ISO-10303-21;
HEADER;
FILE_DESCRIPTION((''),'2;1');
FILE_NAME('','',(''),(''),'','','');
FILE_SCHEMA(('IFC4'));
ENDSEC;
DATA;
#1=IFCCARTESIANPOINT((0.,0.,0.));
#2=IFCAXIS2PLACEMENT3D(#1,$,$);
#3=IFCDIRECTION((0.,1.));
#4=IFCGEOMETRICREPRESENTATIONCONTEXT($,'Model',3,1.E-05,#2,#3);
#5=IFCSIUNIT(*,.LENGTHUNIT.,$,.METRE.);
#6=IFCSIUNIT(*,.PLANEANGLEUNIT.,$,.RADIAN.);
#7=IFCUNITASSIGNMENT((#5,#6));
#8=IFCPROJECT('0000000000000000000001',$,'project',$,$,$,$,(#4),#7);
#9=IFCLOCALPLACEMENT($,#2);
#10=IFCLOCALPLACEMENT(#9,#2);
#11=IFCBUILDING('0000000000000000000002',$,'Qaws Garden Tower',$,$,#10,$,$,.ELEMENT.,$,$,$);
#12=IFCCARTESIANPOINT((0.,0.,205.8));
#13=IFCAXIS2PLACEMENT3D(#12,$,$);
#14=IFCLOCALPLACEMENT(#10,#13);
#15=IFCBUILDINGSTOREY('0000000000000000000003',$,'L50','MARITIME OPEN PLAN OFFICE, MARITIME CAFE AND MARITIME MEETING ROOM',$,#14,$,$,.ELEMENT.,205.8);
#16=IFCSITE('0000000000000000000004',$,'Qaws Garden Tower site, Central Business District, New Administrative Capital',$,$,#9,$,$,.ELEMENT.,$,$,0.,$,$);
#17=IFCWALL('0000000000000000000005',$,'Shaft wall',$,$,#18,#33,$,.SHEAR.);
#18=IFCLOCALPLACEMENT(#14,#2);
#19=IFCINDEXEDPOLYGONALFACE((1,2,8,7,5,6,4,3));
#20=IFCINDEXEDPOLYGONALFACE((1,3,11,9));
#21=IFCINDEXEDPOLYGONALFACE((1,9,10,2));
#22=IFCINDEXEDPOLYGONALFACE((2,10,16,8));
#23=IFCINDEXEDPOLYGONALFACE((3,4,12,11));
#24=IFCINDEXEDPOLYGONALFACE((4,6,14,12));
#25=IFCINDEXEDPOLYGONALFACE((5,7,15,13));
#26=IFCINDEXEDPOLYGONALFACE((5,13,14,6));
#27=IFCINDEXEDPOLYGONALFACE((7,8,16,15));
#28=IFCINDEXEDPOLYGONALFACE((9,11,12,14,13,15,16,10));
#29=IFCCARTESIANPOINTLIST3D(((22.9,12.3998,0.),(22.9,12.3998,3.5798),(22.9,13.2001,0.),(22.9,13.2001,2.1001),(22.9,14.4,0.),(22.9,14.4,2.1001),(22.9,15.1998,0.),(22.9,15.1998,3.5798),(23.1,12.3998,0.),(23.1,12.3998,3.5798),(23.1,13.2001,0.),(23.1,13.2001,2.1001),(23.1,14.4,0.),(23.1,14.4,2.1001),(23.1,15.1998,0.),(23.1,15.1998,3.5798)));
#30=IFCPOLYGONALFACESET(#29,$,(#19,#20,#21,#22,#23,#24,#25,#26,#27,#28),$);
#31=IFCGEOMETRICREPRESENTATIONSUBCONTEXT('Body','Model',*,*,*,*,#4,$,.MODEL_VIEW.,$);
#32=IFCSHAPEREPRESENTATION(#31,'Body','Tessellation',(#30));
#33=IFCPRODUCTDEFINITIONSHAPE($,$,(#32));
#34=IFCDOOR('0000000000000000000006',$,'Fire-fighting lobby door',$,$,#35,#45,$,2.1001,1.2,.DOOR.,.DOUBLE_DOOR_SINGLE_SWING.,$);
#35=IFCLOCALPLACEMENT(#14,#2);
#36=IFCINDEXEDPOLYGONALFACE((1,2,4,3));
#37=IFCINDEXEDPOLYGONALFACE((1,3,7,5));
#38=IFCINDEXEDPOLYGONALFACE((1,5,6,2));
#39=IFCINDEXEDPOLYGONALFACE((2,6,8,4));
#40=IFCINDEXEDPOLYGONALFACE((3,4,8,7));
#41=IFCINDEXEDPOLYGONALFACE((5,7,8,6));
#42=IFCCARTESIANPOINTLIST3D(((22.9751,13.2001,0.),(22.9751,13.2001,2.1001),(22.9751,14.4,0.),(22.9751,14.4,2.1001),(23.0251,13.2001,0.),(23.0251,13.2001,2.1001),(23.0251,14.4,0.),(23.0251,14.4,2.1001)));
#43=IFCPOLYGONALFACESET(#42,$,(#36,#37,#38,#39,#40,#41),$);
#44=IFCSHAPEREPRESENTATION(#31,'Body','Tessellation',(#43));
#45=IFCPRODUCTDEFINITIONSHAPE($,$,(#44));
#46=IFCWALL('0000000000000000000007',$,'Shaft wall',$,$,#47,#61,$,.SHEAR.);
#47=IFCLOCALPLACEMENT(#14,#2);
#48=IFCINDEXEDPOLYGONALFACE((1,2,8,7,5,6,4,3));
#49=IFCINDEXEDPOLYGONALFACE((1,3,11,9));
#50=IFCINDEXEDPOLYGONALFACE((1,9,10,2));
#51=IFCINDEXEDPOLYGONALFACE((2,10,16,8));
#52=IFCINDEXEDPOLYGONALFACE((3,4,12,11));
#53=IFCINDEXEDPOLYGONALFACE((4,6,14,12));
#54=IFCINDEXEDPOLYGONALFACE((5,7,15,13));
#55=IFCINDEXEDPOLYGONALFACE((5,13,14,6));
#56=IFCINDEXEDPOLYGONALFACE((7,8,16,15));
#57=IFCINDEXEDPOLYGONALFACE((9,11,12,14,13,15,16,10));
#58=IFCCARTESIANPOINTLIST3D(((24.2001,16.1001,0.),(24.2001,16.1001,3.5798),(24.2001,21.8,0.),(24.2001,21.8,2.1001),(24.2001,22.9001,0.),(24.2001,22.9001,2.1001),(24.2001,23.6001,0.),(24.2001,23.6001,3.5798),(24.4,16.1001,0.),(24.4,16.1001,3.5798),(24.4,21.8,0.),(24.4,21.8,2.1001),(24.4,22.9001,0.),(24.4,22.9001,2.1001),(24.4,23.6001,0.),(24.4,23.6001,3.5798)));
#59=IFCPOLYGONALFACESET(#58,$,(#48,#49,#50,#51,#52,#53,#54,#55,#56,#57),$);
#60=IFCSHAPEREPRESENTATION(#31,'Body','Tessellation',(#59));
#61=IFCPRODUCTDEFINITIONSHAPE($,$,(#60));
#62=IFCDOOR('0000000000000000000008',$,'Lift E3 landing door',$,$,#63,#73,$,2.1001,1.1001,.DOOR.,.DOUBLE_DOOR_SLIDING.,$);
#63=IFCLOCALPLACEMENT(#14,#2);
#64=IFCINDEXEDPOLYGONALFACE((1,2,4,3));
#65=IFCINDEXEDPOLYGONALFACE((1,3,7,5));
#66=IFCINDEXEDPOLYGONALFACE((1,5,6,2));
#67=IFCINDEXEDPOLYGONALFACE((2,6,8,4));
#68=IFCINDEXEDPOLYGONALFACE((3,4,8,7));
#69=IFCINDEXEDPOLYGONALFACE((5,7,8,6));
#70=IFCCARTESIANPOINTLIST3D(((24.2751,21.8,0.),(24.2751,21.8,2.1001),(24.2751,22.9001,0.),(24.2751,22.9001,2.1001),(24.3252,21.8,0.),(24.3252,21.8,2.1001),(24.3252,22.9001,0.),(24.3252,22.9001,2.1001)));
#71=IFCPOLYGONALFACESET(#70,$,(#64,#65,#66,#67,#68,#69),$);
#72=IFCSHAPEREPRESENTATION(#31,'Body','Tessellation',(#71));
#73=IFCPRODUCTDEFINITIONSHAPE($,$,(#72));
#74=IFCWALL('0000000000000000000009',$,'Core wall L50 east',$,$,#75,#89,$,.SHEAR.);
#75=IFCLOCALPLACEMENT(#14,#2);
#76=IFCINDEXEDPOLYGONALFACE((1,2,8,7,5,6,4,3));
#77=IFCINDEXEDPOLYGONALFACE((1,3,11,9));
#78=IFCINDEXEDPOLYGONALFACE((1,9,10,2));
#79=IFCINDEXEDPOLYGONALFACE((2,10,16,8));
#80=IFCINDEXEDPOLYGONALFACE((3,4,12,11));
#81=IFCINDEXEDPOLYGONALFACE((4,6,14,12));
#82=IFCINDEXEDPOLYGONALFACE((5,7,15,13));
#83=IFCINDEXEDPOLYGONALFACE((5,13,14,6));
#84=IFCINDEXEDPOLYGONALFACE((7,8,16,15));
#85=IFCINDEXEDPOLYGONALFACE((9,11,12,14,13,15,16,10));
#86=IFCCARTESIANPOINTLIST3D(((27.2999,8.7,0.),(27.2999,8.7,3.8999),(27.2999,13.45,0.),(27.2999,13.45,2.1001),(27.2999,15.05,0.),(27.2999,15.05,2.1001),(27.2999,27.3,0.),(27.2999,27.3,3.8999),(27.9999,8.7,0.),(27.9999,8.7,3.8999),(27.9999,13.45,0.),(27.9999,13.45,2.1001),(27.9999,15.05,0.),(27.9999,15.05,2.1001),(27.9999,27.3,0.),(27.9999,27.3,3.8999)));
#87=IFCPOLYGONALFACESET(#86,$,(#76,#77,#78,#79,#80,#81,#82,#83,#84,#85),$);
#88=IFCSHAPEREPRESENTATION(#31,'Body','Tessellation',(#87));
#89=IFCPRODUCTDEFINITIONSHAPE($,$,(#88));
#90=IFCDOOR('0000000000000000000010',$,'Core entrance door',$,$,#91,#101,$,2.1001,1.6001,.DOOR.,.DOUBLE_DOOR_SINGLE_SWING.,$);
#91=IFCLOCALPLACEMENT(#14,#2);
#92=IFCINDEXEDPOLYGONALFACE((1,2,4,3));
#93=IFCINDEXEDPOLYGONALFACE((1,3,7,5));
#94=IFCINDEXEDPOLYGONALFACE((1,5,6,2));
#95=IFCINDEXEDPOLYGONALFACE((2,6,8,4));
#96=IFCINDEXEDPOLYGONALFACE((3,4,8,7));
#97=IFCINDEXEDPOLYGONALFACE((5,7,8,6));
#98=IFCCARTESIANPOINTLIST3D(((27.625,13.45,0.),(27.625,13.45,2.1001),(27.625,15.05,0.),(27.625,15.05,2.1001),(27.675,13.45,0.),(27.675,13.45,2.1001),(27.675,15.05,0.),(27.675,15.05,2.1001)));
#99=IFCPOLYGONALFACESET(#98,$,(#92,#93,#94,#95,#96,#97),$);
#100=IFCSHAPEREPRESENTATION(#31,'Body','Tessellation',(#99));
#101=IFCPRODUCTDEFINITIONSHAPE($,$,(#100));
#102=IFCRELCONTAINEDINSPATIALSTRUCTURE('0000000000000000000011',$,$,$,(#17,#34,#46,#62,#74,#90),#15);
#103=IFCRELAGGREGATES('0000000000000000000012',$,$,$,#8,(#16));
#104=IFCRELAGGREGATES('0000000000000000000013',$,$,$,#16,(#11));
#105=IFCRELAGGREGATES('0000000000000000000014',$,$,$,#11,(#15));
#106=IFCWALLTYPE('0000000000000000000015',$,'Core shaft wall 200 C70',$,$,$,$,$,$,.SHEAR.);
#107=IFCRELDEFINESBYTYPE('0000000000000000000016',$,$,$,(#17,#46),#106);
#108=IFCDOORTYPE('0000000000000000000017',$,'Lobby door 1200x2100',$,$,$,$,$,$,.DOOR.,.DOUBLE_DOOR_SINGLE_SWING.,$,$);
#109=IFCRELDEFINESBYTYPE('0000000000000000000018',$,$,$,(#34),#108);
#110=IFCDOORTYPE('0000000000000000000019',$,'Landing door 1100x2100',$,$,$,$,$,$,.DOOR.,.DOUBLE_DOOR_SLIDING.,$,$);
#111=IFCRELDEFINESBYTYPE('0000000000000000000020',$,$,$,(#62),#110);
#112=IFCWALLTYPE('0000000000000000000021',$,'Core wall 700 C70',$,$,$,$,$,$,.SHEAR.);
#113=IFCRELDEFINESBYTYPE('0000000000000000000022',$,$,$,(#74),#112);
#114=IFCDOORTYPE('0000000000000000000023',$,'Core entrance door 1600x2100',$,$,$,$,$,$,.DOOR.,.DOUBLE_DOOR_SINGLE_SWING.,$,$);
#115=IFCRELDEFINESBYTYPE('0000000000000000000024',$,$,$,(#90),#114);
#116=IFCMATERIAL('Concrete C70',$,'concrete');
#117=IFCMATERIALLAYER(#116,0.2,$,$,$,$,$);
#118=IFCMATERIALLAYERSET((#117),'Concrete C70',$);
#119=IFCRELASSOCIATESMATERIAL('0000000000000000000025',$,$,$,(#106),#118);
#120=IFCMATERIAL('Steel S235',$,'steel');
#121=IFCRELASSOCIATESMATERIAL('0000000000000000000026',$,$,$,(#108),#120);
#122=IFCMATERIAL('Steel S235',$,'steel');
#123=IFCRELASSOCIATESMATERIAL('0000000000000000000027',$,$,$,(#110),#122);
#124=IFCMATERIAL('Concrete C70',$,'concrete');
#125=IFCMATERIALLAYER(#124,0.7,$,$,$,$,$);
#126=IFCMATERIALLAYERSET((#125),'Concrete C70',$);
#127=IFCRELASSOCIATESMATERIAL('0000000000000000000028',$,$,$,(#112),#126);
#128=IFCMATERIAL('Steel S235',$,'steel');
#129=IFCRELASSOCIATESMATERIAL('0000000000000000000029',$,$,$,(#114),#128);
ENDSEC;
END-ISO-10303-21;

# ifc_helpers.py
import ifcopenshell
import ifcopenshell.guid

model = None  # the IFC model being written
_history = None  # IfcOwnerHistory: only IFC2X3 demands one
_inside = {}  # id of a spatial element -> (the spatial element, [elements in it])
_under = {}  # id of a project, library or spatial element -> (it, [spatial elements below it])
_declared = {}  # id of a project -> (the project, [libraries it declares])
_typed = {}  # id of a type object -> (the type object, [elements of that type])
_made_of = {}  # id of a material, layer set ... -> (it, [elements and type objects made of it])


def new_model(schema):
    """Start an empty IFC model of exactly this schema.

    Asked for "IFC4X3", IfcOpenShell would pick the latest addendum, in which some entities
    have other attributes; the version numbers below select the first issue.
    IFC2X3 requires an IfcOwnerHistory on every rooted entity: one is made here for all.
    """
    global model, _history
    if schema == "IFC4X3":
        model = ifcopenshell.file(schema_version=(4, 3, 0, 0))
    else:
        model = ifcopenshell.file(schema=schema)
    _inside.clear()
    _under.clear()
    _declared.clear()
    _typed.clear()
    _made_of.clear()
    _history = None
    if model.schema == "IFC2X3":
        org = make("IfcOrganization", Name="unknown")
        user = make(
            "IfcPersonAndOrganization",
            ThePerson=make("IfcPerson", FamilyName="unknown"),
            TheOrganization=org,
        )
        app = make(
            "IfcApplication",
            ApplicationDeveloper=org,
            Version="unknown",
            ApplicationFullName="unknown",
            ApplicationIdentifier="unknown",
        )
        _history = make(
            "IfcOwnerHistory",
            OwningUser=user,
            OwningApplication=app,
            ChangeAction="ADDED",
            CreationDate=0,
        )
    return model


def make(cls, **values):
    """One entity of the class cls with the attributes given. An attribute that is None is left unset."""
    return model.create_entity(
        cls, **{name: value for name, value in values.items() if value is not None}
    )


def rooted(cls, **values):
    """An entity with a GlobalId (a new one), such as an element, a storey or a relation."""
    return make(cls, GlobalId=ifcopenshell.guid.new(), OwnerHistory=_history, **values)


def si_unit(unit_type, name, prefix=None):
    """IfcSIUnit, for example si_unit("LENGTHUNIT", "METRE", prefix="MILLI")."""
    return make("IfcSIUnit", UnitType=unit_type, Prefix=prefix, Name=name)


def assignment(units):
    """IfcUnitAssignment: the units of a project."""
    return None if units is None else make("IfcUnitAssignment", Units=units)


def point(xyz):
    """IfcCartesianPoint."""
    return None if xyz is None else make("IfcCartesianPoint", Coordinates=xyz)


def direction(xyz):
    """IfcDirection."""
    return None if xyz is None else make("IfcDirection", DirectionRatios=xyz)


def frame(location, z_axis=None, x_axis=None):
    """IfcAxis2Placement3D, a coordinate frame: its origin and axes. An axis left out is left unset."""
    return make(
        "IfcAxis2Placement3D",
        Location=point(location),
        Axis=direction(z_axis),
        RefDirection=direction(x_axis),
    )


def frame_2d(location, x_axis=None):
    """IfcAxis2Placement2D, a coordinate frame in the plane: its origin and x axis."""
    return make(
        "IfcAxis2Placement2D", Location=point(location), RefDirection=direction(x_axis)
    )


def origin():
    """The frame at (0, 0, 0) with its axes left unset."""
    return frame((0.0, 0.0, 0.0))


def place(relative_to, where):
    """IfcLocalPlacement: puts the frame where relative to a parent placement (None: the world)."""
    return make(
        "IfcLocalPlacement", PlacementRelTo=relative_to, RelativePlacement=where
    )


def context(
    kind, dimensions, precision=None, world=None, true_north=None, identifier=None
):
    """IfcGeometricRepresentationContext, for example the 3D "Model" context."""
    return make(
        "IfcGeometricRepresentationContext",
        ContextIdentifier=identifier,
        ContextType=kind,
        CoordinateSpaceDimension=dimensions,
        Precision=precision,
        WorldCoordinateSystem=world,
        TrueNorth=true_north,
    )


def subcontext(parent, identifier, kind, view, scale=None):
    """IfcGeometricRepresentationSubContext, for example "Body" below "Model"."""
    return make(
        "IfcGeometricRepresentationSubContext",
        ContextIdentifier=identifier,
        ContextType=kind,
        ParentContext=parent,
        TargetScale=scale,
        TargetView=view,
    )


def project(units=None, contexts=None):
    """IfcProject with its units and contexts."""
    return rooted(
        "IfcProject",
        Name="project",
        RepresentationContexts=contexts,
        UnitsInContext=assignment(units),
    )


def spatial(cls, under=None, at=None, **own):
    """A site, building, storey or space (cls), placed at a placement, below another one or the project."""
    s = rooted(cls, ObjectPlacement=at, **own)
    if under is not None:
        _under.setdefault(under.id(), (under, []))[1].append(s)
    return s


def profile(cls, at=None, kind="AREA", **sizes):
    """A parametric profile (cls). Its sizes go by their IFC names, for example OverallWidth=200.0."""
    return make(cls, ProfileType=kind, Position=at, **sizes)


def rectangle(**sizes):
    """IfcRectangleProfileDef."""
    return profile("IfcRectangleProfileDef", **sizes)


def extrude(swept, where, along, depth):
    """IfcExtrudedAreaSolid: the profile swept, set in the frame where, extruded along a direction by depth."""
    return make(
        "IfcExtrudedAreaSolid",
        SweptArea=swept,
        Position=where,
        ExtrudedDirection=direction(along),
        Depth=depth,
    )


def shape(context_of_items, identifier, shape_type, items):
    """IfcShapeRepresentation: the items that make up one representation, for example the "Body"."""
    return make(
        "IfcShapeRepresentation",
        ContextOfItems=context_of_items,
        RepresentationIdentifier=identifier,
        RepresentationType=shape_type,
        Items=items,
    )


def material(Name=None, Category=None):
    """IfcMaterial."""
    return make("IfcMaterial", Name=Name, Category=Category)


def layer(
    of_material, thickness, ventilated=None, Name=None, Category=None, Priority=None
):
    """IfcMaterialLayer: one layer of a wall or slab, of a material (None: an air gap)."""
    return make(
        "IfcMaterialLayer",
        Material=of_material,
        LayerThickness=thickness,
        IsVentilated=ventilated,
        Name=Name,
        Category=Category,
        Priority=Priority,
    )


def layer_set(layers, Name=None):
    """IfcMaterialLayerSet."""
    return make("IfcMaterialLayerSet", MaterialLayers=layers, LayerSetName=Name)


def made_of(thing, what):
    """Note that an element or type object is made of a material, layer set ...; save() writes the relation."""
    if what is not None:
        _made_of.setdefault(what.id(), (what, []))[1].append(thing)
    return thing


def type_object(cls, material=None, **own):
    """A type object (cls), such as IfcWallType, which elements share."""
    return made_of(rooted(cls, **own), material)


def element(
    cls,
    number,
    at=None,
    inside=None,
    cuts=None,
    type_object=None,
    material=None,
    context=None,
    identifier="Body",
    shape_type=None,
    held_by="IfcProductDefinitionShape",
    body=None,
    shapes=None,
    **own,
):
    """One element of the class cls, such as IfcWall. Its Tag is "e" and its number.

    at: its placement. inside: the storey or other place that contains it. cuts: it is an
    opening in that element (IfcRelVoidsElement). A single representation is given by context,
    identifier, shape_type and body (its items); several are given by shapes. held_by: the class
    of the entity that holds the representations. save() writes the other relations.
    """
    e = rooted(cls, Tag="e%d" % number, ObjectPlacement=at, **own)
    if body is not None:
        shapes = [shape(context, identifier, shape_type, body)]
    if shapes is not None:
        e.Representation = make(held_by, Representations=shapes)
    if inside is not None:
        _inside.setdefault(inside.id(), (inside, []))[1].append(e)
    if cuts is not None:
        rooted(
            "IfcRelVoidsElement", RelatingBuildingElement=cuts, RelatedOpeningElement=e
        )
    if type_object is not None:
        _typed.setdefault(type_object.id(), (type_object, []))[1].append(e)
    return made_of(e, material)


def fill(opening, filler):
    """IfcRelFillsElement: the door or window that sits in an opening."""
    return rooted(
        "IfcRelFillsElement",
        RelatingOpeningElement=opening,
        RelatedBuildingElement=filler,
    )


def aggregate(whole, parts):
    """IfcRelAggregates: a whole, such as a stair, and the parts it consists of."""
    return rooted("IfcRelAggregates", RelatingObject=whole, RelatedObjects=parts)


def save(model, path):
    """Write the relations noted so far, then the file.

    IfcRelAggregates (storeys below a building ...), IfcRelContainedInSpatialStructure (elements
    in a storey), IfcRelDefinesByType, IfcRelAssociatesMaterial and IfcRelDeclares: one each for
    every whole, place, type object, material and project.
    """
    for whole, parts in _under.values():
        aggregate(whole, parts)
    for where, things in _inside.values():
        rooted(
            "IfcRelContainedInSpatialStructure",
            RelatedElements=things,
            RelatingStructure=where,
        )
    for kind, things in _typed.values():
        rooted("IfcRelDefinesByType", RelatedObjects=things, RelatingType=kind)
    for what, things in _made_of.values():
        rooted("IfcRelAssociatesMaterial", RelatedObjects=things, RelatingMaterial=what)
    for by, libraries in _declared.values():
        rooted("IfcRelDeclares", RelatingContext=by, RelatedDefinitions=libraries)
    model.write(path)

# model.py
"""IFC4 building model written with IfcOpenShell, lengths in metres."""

from ifc_helpers import new_model, si_unit, direction, frame, frame_2d, origin, place, context, subcontext, project, spatial, rectangle, extrude, material, layer, layer_set, type_object, element, fill, save


model = new_model("IFC4")

# Units and contexts
model_context = context("Model", 3, precision=1e-05, world=origin(), true_north=direction((0.0, 1.0)))
body_context = subcontext(model_context, "Body", "Model", "MODEL_VIEW")
ifc_project = project(units=[si_unit("LENGTHUNIT", "METRE"), si_unit("PLANEANGLEUNIT", "RADIAN")], contexts=[model_context])

# Site, building, storey
site_placement = place(None, origin())
site = spatial("IfcSite", under=ifc_project, at=site_placement, Name="Qaws Garden Tower site, Central Business District, New Administrative Capital", CompositionType="ELEMENT", RefElevation=0.0)
building_placement = place(site_placement, origin())
building = spatial("IfcBuilding", under=site, at=building_placement, Name="Qaws Garden Tower", CompositionType="ELEMENT")
storey_placement = place(building_placement, frame((0.0, 0.0, 205.8)))
storey = spatial("IfcBuildingStorey", under=building, at=storey_placement, Name="L50", Description="MARITIME OPEN PLAN OFFICE, MARITIME CAFE AND MARITIME MEETING ROOM", CompositionType="ELEMENT", Elevation=205.8)

# Shared definitions
ifc_material_1 = material(Name="Concrete C70", Category="concrete")
ifc_layer_1 = layer(ifc_material_1, 0.2)
ifc_layer_set_1 = layer_set([ifc_layer_1], Name="Concrete C70")
wall_type_1 = type_object("IfcWallType", Name="Core shaft wall 200 C70", PredefinedType="SHEAR", material=ifc_layer_set_1)

# Walls, openings, doors
wall_1_placement = place(storey_placement, frame((23.0, 12.3999, 0.0), z_axis=(0.0, 0.0, 1.0), x_axis=(0.0, 1.0, 0.0)))
wall_1 = element("IfcWall", 1, at=wall_1_placement, inside=storey, type_object=wall_type_1, Name="Shaft wall", PredefinedType="SHEAR", context=body_context, shape_type="SweptSolid", body=[
    extrude(rectangle(XDim=2.8, YDim=0.2, at=frame_2d((1.3999, 0.0))), origin(), (0.0, 0.0, 1.0), 3.5798),
])
opening_1_placement = place(wall_1_placement, frame((0.8, 0.0, 0.0)))
opening_1 = element("IfcOpeningElement", 2, at=opening_1_placement, cuts=wall_1, PredefinedType="OPENING", context=body_context, shape_type="SweptSolid", body=[
    extrude(rectangle(XDim=1.2, YDim=2.1001, at=frame_2d((0.6001, 1.05))), frame((0.0, 0.1099, 0.0), z_axis=(0.0, -1.0, 0.0), x_axis=(1.0, 0.0, 0.0)), (0.0, 0.0, 1.0), 0.22),
])
ifc_material_2 = material(Name="Steel S235", Category="steel")
door_type_1 = type_object("IfcDoorType", Name="Lobby door 1200x2100", OperationType="DOUBLE_DOOR_SINGLE_SWING", PredefinedType="DOOR", material=ifc_material_2)
door_1_placement = place(opening_1_placement, origin())
door_1 = element("IfcDoor", 3, at=door_1_placement, inside=storey, type_object=door_type_1, Name="Fire-fighting lobby door", OperationType="DOUBLE_DOOR_SINGLE_SWING", OverallHeight=2.1001, OverallWidth=1.2, PredefinedType="DOOR", context=body_context, shape_type="SweptSolid", body=[
    extrude(rectangle(XDim=1.2, YDim=2.1001, at=frame_2d((0.6001, 1.05))), frame((0.0, 0.0249, 0.0), z_axis=(0.0, -1.0, 0.0), x_axis=(1.0, 0.0, 0.0)), (0.0, 0.0, 1.0), 0.05),
])
fill(opening_1, door_1)
wall_2_placement = place(storey_placement, frame((24.3, 16.1001, 0.0), z_axis=(0.0, 0.0, 1.0), x_axis=(0.0, 1.0, 0.0)))
wall_2 = element("IfcWall", 4, at=wall_2_placement, inside=storey, type_object=wall_type_1, Name="Shaft wall", PredefinedType="SHEAR", context=body_context, shape_type="SweptSolid", body=[
    extrude(rectangle(XDim=7.5, YDim=0.2, at=frame_2d((3.75, 0.0))), origin(), (0.0, 0.0, 1.0), 3.5798),
])
opening_2_placement = place(wall_2_placement, frame((5.7, 0.0, 0.0)))
opening_2 = element("IfcOpeningElement", 5, at=opening_2_placement, cuts=wall_2, PredefinedType="OPENING", context=body_context, shape_type="SweptSolid", body=[
    extrude(rectangle(XDim=1.1001, YDim=2.1001, at=frame_2d((0.55, 1.05))), frame((0.0, 0.1099, 0.0), z_axis=(0.0, -1.0, 0.0), x_axis=(1.0, 0.0, 0.0)), (0.0, 0.0, 1.0), 0.22),
])
ifc_material_3 = material(Name="Steel S235", Category="steel")
door_type_2 = type_object("IfcDoorType", Name="Landing door 1100x2100", OperationType="DOUBLE_DOOR_SLIDING", PredefinedType="DOOR", material=ifc_material_3)
door_2_placement = place(opening_2_placement, origin())
door_2 = element("IfcDoor", 6, at=door_2_placement, inside=storey, type_object=door_type_2, Name="Lift E3 landing door", OperationType="DOUBLE_DOOR_SLIDING", OverallHeight=2.1001, OverallWidth=1.1001, PredefinedType="DOOR", context=body_context, shape_type="SweptSolid", body=[
    extrude(rectangle(XDim=1.1001, YDim=2.1001, at=frame_2d((0.55, 1.05))), frame((0.0, 0.0249, 0.0), z_axis=(0.0, -1.0, 0.0), x_axis=(1.0, 0.0, 0.0)), (0.0, 0.0, 1.0), 0.05),
])
fill(opening_2, door_2)
ifc_material_4 = material(Name="Concrete C70", Category="concrete")
ifc_layer_2 = layer(ifc_material_4, 0.7)
ifc_layer_set_2 = layer_set([ifc_layer_2], Name="Concrete C70")
wall_type_2 = type_object("IfcWallType", Name="Core wall 700 C70", PredefinedType="SHEAR", material=ifc_layer_set_2)
wall_3_placement = place(storey_placement, frame((27.6499, 8.7, 0.0), z_axis=(0.0, 0.0, 1.0), x_axis=(0.0, 1.0, 0.0)))
wall_3 = element("IfcWall", 7, at=wall_3_placement, inside=storey, type_object=wall_type_2, Name="Core wall L50 east", PredefinedType="SHEAR", context=body_context, shape_type="SweptSolid", body=[
    extrude(rectangle(XDim=18.6001, YDim=0.7, at=frame_2d((9.3, 0.0))), origin(), (0.0, 0.0, 1.0), 3.8999),
])
opening_3_placement = place(wall_3_placement, frame((4.75, 0.0, 0.0)))
opening_3 = element("IfcOpeningElement", 8, at=opening_3_placement, cuts=wall_3, PredefinedType="OPENING", context=body_context, shape_type="SweptSolid", body=[
    extrude(rectangle(XDim=1.6001, YDim=2.1001, at=frame_2d((0.8, 1.05))), frame((0.0, 0.3599, 0.0), z_axis=(0.0, -1.0, 0.0), x_axis=(1.0, 0.0, 0.0)), (0.0, 0.0, 1.0), 0.72),
])
ifc_material_5 = material(Name="Steel S235", Category="steel")
door_type_3 = type_object("IfcDoorType", Name="Core entrance door 1600x2100", OperationType="DOUBLE_DOOR_SINGLE_SWING", PredefinedType="DOOR", material=ifc_material_5)
door_3_placement = place(opening_3_placement, origin())
door_3 = element("IfcDoor", 9, at=door_3_placement, inside=storey, type_object=door_type_3, Name="Core entrance door", OperationType="DOUBLE_DOOR_SINGLE_SWING", OverallHeight=2.1001, OverallWidth=1.6001, PredefinedType="DOOR", context=body_context, shape_type="SweptSolid", body=[
    extrude(rectangle(XDim=1.6001, YDim=2.1001, at=frame_2d((0.8, 1.05))), frame((0.0, 0.0249, 0.0), z_axis=(0.0, -1.0, 0.0), x_axis=(1.0, 0.0, 0.0)), (0.0, 0.0, 1.0), 0.05),
])
fill(opening_3, door_3)

save(model, "model.ifc")
